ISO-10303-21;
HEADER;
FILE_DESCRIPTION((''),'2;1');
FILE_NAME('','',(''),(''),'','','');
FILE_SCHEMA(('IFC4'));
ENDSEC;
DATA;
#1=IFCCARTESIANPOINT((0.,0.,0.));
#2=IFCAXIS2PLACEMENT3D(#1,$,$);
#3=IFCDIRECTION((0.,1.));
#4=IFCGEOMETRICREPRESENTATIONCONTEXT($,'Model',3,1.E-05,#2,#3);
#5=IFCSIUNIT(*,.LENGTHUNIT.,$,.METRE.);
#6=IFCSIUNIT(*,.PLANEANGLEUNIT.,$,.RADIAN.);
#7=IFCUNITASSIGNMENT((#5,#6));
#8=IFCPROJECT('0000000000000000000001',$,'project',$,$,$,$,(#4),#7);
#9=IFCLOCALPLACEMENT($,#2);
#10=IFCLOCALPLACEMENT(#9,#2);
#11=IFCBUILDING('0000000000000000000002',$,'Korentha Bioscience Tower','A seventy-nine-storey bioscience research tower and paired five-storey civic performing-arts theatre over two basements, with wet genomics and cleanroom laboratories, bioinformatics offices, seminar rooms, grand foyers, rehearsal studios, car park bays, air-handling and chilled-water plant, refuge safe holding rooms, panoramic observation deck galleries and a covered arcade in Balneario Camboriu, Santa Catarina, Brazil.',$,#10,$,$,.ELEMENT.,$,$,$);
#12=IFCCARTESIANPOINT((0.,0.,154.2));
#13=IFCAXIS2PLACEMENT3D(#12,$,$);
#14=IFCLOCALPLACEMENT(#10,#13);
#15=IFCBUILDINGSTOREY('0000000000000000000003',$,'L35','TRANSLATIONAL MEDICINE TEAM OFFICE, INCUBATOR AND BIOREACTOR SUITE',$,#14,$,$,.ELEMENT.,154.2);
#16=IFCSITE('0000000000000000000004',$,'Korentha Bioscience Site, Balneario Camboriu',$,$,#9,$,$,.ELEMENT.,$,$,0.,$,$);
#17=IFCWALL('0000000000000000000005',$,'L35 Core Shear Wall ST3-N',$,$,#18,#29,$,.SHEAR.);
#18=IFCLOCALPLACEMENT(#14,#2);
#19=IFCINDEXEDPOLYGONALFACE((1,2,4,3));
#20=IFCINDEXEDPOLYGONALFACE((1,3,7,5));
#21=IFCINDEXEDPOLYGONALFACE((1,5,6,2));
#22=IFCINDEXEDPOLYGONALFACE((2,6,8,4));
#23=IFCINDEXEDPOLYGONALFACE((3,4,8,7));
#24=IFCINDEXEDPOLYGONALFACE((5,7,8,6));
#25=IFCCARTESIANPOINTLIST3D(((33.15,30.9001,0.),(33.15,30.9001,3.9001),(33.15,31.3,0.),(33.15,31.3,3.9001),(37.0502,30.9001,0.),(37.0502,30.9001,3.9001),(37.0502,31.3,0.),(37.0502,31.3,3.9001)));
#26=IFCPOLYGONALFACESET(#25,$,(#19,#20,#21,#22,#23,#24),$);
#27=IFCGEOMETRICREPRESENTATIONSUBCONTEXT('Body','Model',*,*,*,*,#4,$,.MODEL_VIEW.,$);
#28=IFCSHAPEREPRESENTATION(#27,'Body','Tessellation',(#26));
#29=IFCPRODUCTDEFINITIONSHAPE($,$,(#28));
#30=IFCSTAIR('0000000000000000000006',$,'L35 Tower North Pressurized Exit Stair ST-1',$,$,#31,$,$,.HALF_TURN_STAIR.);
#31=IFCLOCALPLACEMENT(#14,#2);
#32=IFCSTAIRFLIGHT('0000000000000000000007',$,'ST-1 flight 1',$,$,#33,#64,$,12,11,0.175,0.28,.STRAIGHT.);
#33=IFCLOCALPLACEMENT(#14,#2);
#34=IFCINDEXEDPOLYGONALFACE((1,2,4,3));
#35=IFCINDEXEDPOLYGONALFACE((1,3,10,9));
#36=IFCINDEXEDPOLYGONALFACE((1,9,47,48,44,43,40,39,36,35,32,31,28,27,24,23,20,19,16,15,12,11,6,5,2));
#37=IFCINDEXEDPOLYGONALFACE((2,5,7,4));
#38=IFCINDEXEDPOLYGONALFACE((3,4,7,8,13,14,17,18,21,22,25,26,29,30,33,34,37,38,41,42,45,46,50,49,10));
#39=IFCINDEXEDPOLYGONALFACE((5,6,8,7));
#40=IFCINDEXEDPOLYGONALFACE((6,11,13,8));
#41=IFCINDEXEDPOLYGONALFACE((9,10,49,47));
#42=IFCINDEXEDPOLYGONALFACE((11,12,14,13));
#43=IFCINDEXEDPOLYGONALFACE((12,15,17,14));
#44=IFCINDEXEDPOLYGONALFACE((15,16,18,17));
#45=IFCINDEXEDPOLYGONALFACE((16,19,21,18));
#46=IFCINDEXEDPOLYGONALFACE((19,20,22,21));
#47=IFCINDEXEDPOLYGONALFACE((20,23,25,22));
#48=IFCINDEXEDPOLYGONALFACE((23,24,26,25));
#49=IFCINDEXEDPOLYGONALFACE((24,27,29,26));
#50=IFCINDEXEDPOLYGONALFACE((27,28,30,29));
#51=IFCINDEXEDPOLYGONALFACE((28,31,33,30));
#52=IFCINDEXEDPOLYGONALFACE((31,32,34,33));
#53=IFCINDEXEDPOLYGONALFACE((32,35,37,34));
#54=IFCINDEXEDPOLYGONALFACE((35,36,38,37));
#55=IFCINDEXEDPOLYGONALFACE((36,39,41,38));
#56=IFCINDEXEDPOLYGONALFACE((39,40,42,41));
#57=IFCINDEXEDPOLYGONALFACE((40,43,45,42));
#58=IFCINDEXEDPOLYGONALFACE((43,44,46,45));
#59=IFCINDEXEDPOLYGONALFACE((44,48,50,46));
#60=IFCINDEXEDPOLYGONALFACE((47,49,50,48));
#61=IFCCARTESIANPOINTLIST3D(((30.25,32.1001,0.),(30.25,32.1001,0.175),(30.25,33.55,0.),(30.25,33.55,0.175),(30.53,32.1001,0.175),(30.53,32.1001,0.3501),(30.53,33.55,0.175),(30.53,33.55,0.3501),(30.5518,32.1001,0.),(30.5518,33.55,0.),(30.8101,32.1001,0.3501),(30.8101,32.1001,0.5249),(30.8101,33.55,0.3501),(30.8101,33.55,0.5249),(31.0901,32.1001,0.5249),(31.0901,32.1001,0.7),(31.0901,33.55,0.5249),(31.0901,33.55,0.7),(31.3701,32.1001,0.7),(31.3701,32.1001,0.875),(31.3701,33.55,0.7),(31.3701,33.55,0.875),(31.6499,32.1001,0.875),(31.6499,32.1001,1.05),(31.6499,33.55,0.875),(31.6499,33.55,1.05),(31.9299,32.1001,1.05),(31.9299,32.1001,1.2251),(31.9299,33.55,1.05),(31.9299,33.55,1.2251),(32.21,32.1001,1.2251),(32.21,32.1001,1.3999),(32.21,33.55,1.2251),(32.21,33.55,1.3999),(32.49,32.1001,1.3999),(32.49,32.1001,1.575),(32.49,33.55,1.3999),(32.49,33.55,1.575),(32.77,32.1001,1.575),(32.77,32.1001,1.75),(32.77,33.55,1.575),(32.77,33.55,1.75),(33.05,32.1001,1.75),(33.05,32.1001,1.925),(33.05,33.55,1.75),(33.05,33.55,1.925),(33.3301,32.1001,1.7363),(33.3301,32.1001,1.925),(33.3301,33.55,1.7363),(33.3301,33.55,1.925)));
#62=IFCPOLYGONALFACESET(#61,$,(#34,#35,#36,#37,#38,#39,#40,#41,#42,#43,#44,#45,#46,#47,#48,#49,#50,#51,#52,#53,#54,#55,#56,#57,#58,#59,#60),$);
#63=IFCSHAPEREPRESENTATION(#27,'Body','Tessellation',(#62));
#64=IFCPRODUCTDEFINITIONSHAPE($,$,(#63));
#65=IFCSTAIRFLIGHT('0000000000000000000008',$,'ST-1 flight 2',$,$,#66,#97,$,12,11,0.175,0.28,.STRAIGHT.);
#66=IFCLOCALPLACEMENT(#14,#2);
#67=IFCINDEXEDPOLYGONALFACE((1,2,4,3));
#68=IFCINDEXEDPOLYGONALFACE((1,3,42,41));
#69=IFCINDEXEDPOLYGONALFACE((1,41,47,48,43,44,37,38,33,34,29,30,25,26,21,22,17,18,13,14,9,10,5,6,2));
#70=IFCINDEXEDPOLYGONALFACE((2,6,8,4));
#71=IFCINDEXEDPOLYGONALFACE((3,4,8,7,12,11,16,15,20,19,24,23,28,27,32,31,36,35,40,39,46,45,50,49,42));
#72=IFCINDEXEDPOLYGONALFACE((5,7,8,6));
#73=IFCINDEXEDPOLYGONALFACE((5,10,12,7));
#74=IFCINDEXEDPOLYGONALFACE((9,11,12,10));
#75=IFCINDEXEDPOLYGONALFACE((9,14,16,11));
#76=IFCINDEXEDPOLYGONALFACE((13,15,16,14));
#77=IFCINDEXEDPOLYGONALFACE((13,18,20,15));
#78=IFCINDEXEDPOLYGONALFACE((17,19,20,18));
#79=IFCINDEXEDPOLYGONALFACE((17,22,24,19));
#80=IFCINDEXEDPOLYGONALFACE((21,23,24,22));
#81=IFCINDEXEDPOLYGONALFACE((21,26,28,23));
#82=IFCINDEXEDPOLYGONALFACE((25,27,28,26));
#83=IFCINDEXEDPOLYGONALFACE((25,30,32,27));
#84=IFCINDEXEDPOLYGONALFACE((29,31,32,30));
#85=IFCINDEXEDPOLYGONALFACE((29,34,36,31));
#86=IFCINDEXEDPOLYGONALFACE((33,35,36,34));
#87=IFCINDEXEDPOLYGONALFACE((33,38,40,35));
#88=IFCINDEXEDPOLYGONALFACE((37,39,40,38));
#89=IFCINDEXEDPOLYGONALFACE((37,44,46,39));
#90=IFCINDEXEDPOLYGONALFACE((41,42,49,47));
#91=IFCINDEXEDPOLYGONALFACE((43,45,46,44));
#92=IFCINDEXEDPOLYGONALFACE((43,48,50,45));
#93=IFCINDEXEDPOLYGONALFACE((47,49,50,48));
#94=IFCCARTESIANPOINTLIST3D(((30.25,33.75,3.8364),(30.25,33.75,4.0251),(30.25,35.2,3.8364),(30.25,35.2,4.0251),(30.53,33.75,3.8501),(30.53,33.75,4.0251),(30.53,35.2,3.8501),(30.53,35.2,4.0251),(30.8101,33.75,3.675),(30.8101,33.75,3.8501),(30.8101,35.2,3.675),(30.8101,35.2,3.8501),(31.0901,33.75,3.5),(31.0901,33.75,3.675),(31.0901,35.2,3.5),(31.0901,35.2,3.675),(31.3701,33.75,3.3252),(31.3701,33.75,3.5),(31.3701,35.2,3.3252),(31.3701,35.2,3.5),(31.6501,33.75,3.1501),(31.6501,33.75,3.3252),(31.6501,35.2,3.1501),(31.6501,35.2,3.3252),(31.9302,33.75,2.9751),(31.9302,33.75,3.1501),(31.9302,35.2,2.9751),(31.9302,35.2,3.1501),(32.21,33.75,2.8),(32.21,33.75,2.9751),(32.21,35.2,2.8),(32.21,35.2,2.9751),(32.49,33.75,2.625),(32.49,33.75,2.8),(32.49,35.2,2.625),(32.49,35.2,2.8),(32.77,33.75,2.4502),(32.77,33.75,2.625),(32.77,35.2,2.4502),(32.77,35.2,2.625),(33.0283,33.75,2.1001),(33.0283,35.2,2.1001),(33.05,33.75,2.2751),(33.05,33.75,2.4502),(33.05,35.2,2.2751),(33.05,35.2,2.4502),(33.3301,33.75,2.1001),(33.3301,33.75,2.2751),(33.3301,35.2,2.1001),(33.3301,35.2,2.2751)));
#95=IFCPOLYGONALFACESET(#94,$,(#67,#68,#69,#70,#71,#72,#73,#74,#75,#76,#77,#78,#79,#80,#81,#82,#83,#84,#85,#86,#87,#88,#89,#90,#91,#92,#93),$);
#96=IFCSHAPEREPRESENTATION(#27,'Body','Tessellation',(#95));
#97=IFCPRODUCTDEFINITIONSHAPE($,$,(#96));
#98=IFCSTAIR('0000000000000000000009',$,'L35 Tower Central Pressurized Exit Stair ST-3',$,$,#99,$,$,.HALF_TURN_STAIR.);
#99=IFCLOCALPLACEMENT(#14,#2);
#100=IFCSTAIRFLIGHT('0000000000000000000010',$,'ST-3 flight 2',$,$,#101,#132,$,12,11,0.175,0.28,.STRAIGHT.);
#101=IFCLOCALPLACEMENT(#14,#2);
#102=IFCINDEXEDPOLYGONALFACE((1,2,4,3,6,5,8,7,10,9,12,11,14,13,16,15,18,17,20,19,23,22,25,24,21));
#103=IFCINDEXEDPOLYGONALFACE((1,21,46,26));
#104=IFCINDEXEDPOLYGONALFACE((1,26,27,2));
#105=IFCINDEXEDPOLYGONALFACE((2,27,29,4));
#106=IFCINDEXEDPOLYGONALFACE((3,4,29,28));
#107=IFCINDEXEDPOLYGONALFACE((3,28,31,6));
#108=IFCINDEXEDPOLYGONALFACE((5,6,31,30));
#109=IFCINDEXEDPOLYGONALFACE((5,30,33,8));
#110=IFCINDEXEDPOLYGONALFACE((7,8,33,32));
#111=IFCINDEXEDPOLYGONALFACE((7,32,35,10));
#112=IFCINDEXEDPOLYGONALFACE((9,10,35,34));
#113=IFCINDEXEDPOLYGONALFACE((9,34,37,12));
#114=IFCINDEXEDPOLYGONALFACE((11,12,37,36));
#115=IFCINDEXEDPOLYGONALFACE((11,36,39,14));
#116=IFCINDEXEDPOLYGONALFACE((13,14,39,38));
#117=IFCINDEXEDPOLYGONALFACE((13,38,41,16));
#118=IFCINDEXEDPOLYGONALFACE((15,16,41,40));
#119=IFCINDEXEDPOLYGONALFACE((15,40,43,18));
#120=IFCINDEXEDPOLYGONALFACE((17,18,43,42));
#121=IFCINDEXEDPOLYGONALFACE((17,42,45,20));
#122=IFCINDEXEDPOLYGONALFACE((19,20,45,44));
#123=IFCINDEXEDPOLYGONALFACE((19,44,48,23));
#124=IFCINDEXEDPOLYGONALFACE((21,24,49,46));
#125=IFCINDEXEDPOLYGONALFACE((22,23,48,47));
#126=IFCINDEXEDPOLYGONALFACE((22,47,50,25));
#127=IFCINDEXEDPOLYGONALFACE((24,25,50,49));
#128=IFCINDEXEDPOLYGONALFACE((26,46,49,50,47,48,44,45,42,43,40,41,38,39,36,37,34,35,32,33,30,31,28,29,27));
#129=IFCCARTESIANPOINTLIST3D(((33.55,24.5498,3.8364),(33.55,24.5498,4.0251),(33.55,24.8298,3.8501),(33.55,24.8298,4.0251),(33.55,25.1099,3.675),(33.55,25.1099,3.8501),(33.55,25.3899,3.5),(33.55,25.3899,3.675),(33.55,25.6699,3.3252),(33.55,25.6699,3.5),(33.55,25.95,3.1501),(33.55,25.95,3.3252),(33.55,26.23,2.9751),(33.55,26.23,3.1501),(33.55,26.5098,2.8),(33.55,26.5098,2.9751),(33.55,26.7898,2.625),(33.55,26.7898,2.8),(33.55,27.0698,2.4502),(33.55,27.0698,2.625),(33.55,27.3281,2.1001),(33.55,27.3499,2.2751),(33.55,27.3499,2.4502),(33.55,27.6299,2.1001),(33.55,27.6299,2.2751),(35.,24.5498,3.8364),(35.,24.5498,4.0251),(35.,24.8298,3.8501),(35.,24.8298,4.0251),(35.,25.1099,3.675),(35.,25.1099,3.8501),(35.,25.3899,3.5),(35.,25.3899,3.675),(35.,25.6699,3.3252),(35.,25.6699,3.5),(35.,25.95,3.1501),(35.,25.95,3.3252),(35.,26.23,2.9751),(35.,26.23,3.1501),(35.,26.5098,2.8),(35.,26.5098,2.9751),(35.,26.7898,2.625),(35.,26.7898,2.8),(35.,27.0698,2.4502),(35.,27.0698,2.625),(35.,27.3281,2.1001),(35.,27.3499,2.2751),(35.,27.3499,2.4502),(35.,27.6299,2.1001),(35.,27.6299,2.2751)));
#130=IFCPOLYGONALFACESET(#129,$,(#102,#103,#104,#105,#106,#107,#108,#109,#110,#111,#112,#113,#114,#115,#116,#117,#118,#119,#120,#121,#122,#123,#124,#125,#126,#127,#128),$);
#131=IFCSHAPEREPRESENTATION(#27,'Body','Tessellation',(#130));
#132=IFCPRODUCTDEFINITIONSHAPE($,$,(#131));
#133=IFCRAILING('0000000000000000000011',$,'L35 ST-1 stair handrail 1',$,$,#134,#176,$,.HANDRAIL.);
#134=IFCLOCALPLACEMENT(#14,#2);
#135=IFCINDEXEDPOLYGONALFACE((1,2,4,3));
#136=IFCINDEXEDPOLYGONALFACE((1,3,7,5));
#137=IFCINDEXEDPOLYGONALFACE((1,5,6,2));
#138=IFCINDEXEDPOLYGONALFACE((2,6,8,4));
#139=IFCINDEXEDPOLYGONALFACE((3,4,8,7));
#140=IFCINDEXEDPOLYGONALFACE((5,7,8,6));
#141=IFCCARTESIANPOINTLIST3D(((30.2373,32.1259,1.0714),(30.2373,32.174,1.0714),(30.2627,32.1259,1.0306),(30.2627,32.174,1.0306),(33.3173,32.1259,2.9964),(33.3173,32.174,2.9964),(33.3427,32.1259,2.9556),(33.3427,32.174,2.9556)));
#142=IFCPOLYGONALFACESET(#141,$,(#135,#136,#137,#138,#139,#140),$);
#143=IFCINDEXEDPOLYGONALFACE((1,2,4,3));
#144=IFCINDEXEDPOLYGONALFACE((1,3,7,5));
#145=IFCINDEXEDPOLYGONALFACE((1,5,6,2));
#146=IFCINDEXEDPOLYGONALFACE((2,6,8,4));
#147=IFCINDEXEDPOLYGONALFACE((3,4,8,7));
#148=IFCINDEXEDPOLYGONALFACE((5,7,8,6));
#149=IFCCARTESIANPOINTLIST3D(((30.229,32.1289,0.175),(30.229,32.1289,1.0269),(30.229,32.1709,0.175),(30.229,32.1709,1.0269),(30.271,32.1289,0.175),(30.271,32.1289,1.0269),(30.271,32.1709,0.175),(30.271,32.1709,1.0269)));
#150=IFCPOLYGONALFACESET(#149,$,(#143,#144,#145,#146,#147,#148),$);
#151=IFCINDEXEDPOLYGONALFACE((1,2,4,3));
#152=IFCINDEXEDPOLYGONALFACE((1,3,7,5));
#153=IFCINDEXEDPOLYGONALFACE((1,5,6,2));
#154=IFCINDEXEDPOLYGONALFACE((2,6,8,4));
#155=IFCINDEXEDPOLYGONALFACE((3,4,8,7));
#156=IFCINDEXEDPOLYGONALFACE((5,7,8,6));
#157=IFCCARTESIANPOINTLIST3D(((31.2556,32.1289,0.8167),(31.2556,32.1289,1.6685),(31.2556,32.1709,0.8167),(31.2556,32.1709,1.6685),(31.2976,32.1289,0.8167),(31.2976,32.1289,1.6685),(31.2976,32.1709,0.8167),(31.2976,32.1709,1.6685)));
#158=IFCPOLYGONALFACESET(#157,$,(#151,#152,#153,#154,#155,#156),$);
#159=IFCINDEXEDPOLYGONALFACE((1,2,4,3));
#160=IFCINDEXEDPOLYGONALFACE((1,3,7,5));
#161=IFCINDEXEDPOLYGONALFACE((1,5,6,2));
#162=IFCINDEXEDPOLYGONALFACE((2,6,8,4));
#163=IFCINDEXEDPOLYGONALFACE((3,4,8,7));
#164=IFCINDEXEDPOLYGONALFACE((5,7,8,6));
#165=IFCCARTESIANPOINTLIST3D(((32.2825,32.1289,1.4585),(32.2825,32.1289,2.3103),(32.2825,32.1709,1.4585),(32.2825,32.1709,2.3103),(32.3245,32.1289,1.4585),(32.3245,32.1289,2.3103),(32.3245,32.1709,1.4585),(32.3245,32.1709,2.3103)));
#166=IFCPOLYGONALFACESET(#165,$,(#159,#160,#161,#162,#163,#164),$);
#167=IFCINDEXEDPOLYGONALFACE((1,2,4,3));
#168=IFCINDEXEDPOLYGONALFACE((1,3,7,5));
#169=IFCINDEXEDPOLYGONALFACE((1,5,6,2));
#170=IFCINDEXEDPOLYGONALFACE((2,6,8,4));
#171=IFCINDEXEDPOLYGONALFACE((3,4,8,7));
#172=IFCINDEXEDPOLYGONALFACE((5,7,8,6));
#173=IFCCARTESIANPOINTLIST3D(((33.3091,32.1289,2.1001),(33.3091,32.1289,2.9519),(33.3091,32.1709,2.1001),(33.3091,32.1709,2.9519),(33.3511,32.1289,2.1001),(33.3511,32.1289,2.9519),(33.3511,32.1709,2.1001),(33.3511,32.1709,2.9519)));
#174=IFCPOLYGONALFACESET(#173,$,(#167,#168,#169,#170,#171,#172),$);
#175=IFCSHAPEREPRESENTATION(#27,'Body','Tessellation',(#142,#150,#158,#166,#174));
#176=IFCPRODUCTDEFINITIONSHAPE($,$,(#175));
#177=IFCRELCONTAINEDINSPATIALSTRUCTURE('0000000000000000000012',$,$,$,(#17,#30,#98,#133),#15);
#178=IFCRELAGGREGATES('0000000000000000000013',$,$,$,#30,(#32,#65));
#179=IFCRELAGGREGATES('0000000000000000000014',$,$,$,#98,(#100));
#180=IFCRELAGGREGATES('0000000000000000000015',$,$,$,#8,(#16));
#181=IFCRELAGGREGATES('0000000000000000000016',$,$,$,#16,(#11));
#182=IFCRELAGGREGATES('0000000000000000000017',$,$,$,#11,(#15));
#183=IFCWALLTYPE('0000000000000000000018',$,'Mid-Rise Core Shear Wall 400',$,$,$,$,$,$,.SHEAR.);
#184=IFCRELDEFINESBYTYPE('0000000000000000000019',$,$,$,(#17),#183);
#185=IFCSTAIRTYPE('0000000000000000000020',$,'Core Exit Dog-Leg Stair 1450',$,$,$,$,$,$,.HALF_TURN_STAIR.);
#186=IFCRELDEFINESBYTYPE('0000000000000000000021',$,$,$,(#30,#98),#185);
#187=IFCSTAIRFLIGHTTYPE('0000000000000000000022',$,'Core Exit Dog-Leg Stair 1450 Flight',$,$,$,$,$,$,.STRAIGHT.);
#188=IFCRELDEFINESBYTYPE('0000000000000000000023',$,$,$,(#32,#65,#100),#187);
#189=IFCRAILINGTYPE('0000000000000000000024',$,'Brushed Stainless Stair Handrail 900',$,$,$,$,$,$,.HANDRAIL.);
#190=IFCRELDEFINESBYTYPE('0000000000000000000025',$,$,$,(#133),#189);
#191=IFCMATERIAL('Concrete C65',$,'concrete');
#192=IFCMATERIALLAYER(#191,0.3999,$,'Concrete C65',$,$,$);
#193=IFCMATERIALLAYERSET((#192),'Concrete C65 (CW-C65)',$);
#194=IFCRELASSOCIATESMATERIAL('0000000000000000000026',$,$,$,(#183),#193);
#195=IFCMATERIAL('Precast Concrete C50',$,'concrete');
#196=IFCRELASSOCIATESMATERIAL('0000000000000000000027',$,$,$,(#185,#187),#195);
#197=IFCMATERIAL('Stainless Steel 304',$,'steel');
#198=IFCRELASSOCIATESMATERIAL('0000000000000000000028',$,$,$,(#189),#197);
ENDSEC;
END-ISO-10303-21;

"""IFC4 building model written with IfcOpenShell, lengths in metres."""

from ifc_helpers import new_model, si_unit, direction, frame, frame_2d, origin, origin_2d, place, context, subcontext, project, spatial, polyline, rectangle, outline, extrude, material, layer, layer_set, type_object, element, aggregate, save


model = new_model("IFC4")

# Units and contexts
model_context = context("Model", 3, precision=1e-05, world=origin(), true_north=direction((0.0, 1.0)))
body_context = subcontext(model_context, "Body", "Model", "MODEL_VIEW")
ifc_project = project(units=[si_unit("LENGTHUNIT", "METRE"), si_unit("PLANEANGLEUNIT", "RADIAN")], contexts=[model_context])

# Site, building, storey
site_placement = place(None, origin())
site = spatial("IfcSite", under=ifc_project, at=site_placement, Name="Korentha Bioscience Site, Balneario Camboriu", CompositionType="ELEMENT", RefElevation=0.0)
building_placement = place(site_placement, origin())
building = spatial("IfcBuilding", under=site, at=building_placement, Name="Korentha Bioscience Tower", Description="A seventy-nine-storey bioscience research tower and paired five-storey civic performing-arts theatre over two basements, with wet genomics and cleanroom laboratories, bioinformatics offices, seminar rooms, grand foyers, rehearsal studios, car park bays, air-handling and chilled-water plant, refuge safe holding rooms, panoramic observation deck galleries and a covered arcade in Balneario Camboriu, Santa Catarina, Brazil.", CompositionType="ELEMENT")
storey_placement = place(building_placement, frame((0.0, 0.0, 154.2)))
storey = spatial("IfcBuildingStorey", under=building, at=storey_placement, Name="L35", Description="TRANSLATIONAL MEDICINE TEAM OFFICE, INCUBATOR AND BIOREACTOR SUITE", CompositionType="ELEMENT", Elevation=154.2)

# Shared definitions
ifc_material_1 = material(Name="Concrete C65", Category="concrete")

# Wall
ifc_layer_1 = layer(ifc_material_1, 0.3999, Name="Concrete C65")
ifc_layer_set_1 = layer_set([ifc_layer_1], Name="Concrete C65 (CW-C65)")
wall_type_1 = type_object("IfcWallType", Name="Mid-Rise Core Shear Wall 400", PredefinedType="SHEAR", material=ifc_layer_set_1)
wall_1_placement = place(storey_placement, frame((33.1499, 31.1001, 0.0), z_axis=(0.0, 0.0, 1.0), x_axis=(1.0, 0.0, 0.0)))
element("IfcWall", 1, at=wall_1_placement, inside=storey, type_object=wall_type_1, Name="L35 Core Shear Wall ST3-N", PredefinedType="SHEAR", context=body_context, shape_type="SweptSolid", body=[
    extrude(rectangle(XDim=3.9001, YDim=0.3999, at=frame_2d((1.9502, 0.0))), origin(), (0.0, 0.0, 1.0), 3.9001),
])

# Stair, stair flights
ifc_material_2 = material(Name="Precast Concrete C50", Category="concrete")
stair_type = type_object("IfcStairType", Name="Core Exit Dog-Leg Stair 1450", PredefinedType="HALF_TURN_STAIR", material=ifc_material_2)
stair_1_placement = place(storey_placement, origin())
stair_1 = element("IfcStair", 2, at=stair_1_placement, inside=storey, type_object=stair_type, Name="L35 Tower North Pressurized Exit Stair ST-1", PredefinedType="HALF_TURN_STAIR")
stair_flight_type = type_object("IfcStairFlightType", Name="Core Exit Dog-Leg Stair 1450 Flight", PredefinedType="STRAIGHT", material=ifc_material_2)
stair_flight_1_placement = place(storey_placement, frame((30.25, 32.825, 0.0), z_axis=(0.0, 0.0, 1.0), x_axis=(1.0, 0.0, 0.0)))
stair_flight_1 = element("IfcStairFlight", 3, at=stair_flight_1_placement, type_object=stair_flight_type, Name="ST-1 flight 1", NumberOfRisers=12, NumberOfTreads=11, PredefinedType="STRAIGHT", RiserHeight=0.175, TreadLength=0.28, context=body_context, shape_type="SweptSolid", body=[
    extrude(outline(polyline([(0.0, 0.0), (0.0, 0.175), (0.28, 0.175), (0.28, 0.3501), (0.5601, 0.3501), (0.5601, 0.5249), (0.8401, 0.5249), (0.8401, 0.7), (1.1201, 0.7), (1.1201, 0.875), (1.3999, 0.875), (1.3999, 1.05), (1.6799, 1.05), (1.6799, 1.2251), (1.96, 1.2251), (1.96, 1.3999), (2.24, 1.3999), (2.24, 1.575), (2.52, 1.575), (2.52, 1.75), (2.8, 1.75), (2.8, 1.925), (3.0801, 1.925), (3.0801, 2.1001), (3.0801, 1.7363), (0.3018, 0.0), (0.0, 0.0)])), frame((0.0, 0.7251, 0.0), z_axis=(0.0, -1.0, 0.0), x_axis=(1.0, 0.0, 0.0)), (0.0, 0.0, 1.0), 1.45),
])
stair_flight_2_placement = place(storey_placement, frame((33.3301, 34.4751, 2.1001), z_axis=(0.0, 0.0, 1.0), x_axis=(-1.0, 0.0, 0.0)))
stair_flight_2 = element("IfcStairFlight", 4, at=stair_flight_2_placement, type_object=stair_flight_type, Name="ST-1 flight 2", NumberOfRisers=12, NumberOfTreads=11, PredefinedType="STRAIGHT", RiserHeight=0.175, TreadLength=0.28, context=body_context, shape_type="SweptSolid", body=[
    extrude(outline(polyline([(0.0, 0.0), (0.0, 0.175), (0.28, 0.175), (0.28, 0.3501), (0.5601, 0.3501), (0.5601, 0.5249), (0.8401, 0.5249), (0.8401, 0.7), (1.1201, 0.7), (1.1201, 0.875), (1.3999, 0.875), (1.3999, 1.05), (1.6799, 1.05), (1.6799, 1.2251), (1.96, 1.2251), (1.96, 1.3999), (2.24, 1.3999), (2.24, 1.575), (2.52, 1.575), (2.52, 1.75), (2.8, 1.75), (2.8, 1.925), (3.0801, 1.925), (3.0801, 2.1001), (3.0801, 1.7363), (0.3018, 0.0), (0.0, 0.0)])), frame((0.0, 0.7251, 0.0), z_axis=(0.0, -1.0, 0.0), x_axis=(1.0, 0.0, 0.0)), (0.0, 0.0, 1.0), 1.45),
])
aggregate(stair_1, [stair_flight_1, stair_flight_2])

# Stair, stair flight
stair_2_placement = place(storey_placement, origin())
stair_2 = element("IfcStair", 5, at=stair_2_placement, inside=storey, type_object=stair_type, Name="L35 Tower Central Pressurized Exit Stair ST-3", PredefinedType="HALF_TURN_STAIR")
stair_flight_3_placement = place(storey_placement, frame((34.2749, 27.6299, 2.1001), z_axis=(0.0, 0.0, 1.0), x_axis=(0.0, -1.0, 0.0)))
stair_flight_3 = element("IfcStairFlight", 6, at=stair_flight_3_placement, type_object=stair_flight_type, Name="ST-3 flight 2", NumberOfRisers=12, NumberOfTreads=11, PredefinedType="STRAIGHT", RiserHeight=0.175, TreadLength=0.28, context=body_context, shape_type="SweptSolid", body=[
    extrude(outline(polyline([(0.0, 0.0), (0.0, 0.175), (0.28, 0.175), (0.28, 0.3501), (0.5601, 0.3501), (0.5601, 0.5249), (0.8401, 0.5249), (0.8401, 0.7), (1.1201, 0.7), (1.1201, 0.875), (1.3999, 0.875), (1.3999, 1.05), (1.6799, 1.05), (1.6799, 1.2251), (1.96, 1.2251), (1.96, 1.3999), (2.24, 1.3999), (2.24, 1.575), (2.52, 1.575), (2.52, 1.75), (2.8, 1.75), (2.8, 1.925), (3.0801, 1.925), (3.0801, 2.1001), (3.0801, 1.7363), (0.3018, 0.0), (0.0, 0.0)])), frame((0.0, 0.7251, 0.0), z_axis=(0.0, -1.0, 0.0), x_axis=(1.0, 0.0, 0.0)), (0.0, 0.0, 1.0), 1.45),
])
aggregate(stair_2, [stair_flight_3])

# Railing
ifc_material_3 = material(Name="Stainless Steel 304", Category="steel")
railing_type_1 = type_object("IfcRailingType", Name="Brushed Stainless Stair Handrail 900", PredefinedType="HANDRAIL", material=ifc_material_3)
railing_1_placement = place(storey_placement, frame((30.25, 32.1499, 0.175)))
element("IfcRailing", 7, at=railing_1_placement, inside=storey, type_object=railing_type_1, Name="L35 ST-1 stair handrail 1", PredefinedType="HANDRAIL", context=body_context, shape_type="SweptSolid", body=[
    extrude(rectangle(XDim=0.0481, YDim=0.0481, at=origin_2d()), frame((0.0, 0.0, 0.876), z_axis=(0.847998, 0.0, 0.529999), x_axis=(0.0, 1.0, 0.0)), (0.0, 0.0, 1.0), 3.6321),
    extrude(rectangle(XDim=0.042, YDim=0.042, at=origin_2d()), origin(), (0.0, 0.0, 1.0), 0.8518),
    extrude(rectangle(XDim=0.042, YDim=0.042, at=origin_2d()), frame((1.0266, 0.0, 0.6416)), (0.0, 0.0, 1.0), 0.8518),
    extrude(rectangle(XDim=0.042, YDim=0.042, at=origin_2d()), frame((2.0535, 0.0, 1.2834)), (0.0, 0.0, 1.0), 0.8518),
    extrude(rectangle(XDim=0.042, YDim=0.042, at=origin_2d()), frame((3.0801, 0.0, 1.925)), (0.0, 0.0, 1.0), 0.8518),
])

save(model, "model.ifc")
